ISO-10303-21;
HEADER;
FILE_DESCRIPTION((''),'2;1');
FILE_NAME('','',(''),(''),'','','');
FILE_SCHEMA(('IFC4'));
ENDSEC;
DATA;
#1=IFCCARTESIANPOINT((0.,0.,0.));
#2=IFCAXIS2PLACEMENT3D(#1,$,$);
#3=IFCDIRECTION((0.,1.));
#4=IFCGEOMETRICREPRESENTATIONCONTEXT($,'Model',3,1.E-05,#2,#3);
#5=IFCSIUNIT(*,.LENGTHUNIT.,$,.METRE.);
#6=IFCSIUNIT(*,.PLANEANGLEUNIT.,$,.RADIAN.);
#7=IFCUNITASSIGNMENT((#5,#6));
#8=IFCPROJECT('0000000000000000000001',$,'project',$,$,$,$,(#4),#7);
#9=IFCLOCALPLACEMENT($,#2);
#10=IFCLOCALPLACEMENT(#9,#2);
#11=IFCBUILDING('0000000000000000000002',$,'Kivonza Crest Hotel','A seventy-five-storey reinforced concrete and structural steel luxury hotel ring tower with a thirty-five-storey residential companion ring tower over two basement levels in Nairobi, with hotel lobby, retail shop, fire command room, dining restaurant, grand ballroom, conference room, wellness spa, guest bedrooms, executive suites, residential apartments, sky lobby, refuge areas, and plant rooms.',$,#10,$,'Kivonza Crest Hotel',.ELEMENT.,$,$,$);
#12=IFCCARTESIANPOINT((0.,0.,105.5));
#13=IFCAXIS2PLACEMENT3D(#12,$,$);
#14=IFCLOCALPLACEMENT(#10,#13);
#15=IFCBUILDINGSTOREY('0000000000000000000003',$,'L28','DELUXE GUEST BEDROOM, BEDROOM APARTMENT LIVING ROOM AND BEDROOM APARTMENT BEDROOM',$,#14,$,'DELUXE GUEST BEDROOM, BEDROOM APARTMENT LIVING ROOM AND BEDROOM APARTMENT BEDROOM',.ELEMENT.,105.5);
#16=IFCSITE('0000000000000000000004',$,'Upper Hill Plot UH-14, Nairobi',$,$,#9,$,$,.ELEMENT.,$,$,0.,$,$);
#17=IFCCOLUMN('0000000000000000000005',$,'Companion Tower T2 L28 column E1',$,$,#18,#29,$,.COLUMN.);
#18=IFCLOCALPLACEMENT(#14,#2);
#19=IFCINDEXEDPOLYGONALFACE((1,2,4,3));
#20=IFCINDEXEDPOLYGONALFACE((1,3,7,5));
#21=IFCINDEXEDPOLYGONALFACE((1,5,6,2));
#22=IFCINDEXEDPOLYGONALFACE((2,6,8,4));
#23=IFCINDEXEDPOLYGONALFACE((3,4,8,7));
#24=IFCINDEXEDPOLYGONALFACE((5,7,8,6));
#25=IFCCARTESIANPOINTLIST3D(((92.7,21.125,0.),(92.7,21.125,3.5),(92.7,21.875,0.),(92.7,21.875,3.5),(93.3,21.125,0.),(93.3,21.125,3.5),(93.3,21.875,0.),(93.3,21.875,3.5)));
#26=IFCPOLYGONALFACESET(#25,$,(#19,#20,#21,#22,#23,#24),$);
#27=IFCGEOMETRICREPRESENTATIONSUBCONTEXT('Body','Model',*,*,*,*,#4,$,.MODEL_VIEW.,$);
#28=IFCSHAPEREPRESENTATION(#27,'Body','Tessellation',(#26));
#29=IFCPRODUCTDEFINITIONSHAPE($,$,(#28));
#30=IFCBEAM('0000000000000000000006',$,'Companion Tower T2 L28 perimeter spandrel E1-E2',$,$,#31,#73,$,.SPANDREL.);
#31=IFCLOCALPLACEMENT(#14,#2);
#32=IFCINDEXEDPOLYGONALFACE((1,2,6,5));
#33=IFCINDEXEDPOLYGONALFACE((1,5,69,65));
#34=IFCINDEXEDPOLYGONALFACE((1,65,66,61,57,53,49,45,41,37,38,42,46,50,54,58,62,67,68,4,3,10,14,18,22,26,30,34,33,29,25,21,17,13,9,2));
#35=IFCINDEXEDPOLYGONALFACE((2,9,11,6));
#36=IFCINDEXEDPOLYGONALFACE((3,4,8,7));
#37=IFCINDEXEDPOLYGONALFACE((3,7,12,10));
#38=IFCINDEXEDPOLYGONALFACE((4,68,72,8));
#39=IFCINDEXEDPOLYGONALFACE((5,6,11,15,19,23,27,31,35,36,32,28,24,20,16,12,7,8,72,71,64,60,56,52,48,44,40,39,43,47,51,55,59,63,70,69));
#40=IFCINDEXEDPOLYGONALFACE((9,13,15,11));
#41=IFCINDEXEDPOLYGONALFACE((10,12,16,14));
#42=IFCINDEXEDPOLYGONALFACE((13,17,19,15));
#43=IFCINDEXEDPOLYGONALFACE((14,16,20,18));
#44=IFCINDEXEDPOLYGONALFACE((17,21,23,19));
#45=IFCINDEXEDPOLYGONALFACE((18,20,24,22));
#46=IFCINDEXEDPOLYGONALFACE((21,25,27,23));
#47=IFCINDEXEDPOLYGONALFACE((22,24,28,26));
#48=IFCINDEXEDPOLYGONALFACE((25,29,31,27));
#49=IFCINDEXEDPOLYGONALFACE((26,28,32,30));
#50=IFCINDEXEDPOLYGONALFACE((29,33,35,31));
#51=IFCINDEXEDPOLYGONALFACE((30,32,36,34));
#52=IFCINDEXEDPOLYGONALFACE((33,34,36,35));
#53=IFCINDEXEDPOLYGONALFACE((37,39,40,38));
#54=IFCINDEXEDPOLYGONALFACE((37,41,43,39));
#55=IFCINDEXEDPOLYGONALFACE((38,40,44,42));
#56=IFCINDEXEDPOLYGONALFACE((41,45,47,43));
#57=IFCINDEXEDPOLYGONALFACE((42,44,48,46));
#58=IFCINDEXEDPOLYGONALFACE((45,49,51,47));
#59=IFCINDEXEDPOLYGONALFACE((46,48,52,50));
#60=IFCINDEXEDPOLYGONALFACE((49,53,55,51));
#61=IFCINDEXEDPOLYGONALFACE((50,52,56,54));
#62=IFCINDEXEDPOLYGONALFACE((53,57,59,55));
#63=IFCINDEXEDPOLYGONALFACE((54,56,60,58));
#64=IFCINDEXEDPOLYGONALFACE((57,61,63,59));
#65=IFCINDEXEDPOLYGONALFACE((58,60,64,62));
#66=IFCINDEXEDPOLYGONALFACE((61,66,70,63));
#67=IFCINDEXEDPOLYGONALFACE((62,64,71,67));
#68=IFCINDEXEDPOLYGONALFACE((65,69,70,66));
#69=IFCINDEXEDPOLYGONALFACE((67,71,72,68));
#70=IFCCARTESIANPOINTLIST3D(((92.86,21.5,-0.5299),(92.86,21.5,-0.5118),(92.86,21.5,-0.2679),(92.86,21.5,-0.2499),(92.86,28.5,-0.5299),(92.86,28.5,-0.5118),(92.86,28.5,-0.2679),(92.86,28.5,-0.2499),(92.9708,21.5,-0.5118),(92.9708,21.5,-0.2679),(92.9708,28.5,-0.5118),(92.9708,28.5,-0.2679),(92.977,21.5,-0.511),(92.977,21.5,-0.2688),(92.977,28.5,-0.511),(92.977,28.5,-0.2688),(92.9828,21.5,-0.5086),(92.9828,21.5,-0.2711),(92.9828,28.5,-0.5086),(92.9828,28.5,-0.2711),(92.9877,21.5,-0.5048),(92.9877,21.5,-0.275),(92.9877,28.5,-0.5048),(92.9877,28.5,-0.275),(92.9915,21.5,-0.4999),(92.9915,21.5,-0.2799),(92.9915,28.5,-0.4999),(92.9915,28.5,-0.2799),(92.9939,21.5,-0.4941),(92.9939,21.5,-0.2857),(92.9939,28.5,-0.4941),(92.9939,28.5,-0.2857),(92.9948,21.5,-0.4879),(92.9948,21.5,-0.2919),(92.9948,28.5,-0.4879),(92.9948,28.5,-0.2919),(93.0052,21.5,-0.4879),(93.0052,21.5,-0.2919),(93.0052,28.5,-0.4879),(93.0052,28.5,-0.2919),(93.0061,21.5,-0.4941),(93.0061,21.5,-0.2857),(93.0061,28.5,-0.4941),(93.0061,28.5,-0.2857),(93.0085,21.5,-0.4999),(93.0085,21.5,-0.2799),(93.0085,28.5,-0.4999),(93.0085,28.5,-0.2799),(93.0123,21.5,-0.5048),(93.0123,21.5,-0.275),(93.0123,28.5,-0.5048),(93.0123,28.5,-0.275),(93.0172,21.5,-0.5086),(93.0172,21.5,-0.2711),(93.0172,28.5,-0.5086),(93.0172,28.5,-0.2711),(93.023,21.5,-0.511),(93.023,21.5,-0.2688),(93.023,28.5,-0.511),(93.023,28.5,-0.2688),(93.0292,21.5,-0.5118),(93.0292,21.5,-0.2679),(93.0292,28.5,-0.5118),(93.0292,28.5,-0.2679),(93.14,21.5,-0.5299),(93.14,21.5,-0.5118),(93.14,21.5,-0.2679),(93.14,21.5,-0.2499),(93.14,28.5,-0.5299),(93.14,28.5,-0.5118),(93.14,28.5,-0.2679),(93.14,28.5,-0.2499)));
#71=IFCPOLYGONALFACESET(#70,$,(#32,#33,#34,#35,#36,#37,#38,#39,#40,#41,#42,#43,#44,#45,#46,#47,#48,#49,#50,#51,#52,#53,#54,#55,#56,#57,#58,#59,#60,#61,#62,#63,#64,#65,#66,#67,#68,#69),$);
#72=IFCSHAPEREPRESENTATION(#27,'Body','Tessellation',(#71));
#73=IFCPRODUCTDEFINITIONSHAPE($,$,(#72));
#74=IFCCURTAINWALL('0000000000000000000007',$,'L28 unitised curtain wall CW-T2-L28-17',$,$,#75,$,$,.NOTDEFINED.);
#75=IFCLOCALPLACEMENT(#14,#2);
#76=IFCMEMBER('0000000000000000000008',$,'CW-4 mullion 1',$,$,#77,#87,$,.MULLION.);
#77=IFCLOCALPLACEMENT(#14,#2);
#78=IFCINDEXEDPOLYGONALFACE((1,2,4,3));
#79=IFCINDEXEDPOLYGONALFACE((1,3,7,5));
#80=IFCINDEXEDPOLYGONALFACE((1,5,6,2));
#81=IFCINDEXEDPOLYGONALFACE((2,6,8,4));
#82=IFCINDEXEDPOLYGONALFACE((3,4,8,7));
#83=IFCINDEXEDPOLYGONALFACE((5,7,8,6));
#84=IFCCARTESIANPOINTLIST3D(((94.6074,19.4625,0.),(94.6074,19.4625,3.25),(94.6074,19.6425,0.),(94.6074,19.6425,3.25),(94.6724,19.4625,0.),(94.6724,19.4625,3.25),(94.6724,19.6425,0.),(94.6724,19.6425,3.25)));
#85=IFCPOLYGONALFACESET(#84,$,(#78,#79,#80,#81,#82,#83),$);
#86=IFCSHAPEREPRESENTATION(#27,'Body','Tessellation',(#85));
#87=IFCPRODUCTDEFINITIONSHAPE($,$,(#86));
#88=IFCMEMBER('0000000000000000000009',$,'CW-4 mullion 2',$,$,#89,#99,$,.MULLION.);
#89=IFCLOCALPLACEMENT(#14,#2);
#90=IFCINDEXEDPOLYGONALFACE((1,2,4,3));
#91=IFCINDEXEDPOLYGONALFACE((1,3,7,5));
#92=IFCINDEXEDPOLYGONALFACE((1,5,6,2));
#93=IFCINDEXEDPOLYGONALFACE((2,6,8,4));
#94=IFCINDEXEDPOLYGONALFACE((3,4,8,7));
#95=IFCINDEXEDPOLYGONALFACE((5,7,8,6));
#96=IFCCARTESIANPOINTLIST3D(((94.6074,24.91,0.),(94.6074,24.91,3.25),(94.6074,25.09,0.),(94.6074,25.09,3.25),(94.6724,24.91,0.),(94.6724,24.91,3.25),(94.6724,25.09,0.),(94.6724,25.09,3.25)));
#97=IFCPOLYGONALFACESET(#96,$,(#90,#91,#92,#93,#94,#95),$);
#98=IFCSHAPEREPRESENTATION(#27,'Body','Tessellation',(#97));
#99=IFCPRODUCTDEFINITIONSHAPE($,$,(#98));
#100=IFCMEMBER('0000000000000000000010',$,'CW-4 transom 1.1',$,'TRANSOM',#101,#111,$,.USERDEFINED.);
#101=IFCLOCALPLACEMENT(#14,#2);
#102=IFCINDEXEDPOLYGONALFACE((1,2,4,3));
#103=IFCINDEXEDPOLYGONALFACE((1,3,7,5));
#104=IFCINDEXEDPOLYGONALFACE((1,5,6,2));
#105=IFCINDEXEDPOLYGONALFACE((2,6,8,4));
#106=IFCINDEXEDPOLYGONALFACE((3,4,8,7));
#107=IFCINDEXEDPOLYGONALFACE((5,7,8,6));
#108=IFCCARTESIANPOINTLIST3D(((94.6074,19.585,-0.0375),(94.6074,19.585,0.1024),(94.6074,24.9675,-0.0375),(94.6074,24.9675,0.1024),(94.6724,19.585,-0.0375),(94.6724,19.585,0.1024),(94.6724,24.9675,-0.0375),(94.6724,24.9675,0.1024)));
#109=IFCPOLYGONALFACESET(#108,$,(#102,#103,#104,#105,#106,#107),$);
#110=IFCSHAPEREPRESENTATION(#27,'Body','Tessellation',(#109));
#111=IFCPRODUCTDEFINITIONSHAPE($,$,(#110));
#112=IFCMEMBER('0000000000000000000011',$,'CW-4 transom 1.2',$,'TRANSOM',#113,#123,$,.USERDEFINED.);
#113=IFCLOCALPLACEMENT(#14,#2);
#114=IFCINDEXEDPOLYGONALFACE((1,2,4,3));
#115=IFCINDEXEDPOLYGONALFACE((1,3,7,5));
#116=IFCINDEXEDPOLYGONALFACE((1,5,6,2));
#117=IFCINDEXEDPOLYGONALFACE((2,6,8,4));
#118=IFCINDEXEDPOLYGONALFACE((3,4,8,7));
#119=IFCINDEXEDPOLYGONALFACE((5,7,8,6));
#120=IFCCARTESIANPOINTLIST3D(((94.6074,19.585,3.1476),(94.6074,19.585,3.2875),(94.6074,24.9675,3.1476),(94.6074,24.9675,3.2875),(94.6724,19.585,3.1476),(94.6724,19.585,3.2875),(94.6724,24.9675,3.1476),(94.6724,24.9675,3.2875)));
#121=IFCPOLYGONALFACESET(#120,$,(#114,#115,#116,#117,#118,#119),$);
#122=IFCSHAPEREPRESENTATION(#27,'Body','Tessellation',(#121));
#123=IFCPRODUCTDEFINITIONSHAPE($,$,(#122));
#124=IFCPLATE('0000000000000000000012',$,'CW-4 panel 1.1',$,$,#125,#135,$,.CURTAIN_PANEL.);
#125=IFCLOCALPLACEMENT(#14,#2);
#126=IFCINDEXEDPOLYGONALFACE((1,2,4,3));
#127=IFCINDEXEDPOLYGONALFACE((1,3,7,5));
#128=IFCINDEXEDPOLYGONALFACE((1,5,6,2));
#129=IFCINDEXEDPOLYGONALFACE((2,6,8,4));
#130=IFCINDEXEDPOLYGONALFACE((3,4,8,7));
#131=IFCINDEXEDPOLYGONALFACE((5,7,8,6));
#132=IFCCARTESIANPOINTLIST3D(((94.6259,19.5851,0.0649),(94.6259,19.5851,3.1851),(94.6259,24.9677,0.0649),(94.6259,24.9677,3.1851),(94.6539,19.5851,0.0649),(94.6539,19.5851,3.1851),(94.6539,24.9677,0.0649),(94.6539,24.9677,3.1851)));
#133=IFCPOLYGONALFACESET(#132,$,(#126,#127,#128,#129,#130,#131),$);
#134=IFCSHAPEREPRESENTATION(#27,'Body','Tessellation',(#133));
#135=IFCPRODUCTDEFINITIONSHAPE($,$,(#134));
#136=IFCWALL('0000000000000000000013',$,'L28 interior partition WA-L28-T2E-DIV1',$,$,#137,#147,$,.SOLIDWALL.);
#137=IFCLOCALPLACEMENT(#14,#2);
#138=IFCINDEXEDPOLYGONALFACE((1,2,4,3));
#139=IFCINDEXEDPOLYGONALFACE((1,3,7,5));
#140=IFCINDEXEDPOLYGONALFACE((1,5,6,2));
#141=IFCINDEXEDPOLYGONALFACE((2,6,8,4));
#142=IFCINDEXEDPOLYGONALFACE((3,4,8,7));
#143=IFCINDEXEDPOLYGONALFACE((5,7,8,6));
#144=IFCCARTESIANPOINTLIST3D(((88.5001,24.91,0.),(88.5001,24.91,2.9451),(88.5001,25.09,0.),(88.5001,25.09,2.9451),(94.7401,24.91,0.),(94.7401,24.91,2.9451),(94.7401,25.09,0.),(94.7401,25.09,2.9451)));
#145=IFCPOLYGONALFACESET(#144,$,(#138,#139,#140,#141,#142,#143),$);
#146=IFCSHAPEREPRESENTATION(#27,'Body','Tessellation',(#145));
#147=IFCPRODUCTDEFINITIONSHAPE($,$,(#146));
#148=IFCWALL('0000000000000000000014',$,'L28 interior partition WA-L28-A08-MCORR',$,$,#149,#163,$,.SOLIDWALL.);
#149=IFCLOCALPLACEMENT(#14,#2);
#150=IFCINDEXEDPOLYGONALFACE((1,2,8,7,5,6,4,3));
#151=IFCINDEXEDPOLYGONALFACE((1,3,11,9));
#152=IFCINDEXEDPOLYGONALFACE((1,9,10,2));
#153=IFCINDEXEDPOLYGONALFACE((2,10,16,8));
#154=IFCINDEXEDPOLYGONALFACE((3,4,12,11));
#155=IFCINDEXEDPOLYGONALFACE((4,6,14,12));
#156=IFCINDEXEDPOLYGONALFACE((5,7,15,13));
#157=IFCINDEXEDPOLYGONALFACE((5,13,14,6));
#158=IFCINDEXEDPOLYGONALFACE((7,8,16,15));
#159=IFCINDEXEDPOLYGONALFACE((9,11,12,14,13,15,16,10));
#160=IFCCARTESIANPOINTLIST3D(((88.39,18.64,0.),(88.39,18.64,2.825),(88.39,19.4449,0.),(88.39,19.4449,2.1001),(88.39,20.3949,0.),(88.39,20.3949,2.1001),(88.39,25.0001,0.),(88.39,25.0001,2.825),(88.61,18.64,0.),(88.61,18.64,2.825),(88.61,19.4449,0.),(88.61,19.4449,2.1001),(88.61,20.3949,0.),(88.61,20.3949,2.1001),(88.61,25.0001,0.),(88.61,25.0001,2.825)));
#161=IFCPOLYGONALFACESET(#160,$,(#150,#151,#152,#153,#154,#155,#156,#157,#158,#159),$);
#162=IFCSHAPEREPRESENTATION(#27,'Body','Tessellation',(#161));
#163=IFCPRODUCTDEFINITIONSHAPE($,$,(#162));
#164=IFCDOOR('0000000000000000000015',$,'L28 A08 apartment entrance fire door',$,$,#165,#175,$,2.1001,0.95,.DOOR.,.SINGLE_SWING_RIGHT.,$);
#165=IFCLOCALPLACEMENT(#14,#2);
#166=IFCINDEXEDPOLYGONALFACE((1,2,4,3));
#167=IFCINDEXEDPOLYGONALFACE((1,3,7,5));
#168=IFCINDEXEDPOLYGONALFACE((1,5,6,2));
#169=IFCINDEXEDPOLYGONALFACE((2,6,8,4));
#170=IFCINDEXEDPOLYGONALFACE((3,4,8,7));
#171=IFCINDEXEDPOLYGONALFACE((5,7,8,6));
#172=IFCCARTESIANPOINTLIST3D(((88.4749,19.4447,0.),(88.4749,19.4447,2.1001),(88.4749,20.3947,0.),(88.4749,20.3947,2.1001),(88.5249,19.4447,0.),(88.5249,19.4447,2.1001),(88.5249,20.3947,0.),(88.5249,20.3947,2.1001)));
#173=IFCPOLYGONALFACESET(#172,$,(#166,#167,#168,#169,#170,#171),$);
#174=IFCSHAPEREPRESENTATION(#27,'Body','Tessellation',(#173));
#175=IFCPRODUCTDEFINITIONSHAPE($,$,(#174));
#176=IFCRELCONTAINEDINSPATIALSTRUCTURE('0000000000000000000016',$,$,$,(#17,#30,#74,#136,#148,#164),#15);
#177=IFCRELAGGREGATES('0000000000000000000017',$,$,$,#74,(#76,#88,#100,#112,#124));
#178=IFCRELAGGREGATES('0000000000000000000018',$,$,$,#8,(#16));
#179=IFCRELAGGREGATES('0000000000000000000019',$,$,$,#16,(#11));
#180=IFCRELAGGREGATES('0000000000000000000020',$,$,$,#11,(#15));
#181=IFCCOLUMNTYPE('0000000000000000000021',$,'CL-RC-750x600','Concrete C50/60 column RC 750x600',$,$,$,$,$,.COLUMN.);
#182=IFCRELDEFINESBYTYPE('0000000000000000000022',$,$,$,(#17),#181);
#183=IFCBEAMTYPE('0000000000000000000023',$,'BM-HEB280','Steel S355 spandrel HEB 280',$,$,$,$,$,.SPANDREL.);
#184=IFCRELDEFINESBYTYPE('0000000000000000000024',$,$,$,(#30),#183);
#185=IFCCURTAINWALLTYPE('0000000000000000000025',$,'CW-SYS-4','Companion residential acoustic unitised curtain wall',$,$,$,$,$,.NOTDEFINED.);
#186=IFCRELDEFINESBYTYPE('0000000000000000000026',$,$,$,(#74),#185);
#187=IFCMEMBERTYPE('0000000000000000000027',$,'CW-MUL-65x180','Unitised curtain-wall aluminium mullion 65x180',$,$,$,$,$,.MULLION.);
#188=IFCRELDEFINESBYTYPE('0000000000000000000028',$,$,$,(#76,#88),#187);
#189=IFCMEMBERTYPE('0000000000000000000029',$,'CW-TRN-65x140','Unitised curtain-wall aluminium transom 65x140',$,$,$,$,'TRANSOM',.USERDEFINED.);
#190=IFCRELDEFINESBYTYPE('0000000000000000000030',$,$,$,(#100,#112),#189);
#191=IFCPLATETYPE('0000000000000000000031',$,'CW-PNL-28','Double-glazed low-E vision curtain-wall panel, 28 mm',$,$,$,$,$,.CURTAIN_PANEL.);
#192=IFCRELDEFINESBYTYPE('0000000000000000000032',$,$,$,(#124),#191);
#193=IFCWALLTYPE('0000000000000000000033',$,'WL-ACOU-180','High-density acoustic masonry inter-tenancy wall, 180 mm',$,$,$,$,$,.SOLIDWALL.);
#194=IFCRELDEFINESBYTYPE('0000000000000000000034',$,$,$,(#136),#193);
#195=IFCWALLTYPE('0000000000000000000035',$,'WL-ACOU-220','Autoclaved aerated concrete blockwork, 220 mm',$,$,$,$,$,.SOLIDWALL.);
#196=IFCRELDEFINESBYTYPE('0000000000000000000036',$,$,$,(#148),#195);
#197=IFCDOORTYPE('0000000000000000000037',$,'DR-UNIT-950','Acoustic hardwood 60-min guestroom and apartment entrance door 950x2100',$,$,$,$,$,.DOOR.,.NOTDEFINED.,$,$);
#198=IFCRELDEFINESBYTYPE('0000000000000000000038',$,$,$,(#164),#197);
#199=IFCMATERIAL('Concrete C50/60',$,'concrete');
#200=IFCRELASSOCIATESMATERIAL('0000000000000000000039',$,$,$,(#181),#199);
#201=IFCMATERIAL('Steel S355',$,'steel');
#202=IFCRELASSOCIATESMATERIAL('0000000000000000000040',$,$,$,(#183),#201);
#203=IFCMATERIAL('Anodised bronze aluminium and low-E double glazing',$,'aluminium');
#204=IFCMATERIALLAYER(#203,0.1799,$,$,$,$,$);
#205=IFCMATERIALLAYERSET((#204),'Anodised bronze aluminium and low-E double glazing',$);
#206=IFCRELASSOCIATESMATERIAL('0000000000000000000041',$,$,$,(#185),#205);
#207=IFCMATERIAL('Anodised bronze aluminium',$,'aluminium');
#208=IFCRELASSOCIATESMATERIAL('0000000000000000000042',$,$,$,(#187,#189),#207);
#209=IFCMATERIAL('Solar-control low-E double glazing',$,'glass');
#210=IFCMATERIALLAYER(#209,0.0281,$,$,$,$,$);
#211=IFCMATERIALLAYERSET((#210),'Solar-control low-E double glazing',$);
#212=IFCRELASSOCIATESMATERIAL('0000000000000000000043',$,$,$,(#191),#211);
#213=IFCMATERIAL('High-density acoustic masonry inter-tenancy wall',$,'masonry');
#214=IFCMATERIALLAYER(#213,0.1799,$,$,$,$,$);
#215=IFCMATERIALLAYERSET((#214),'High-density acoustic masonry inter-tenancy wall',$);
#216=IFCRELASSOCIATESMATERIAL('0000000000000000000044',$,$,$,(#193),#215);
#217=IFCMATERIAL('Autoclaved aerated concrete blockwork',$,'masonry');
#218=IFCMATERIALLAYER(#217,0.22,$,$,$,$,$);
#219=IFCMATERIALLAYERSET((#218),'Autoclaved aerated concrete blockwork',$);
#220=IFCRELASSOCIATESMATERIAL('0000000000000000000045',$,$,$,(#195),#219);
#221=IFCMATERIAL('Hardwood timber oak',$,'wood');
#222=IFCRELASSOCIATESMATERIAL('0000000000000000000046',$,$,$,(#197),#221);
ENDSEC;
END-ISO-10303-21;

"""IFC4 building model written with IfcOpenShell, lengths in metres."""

from ifc_helpers import new_model, si_unit, direction, frame, frame_2d, origin, origin_2d, place, context, subcontext, project, spatial, rectangle, i_section, extrude, material, layer, layer_set, material_profile, profile_set, type_object, element, fill, aggregate, save


model = new_model("IFC4")

# Units and contexts
model_context = context("Model", 3, precision=1e-05, world=origin(), true_north=direction((0.0, 1.0)))
body_context = subcontext(model_context, "Body", "Model", "MODEL_VIEW")
ifc_project = project(units=[si_unit("LENGTHUNIT", "METRE"), si_unit("PLANEANGLEUNIT", "RADIAN")], contexts=[model_context])

# Site, building, storey
site_placement = place(None, origin())
site = spatial("IfcSite", under=ifc_project, at=site_placement, Name="Upper Hill Plot UH-14, Nairobi", CompositionType="ELEMENT", RefElevation=0.0)
building_placement = place(site_placement, origin())
building = spatial("IfcBuilding", under=site, at=building_placement, Name="Kivonza Crest Hotel", Description="A seventy-five-storey reinforced concrete and structural steel luxury hotel ring tower with a thirty-five-storey residential companion ring tower over two basement levels in Nairobi, with hotel lobby, retail shop, fire command room, dining restaurant, grand ballroom, conference room, wellness spa, guest bedrooms, executive suites, residential apartments, sky lobby, refuge areas, and plant rooms.", LongName="Kivonza Crest Hotel", CompositionType="ELEMENT")
storey_placement = place(building_placement, frame((0.0, 0.0, 105.5)))
storey = spatial("IfcBuildingStorey", under=building, at=storey_placement, Name="L28", Description="DELUXE GUEST BEDROOM, BEDROOM APARTMENT LIVING ROOM AND BEDROOM APARTMENT BEDROOM", LongName="DELUXE GUEST BEDROOM, BEDROOM APARTMENT LIVING ROOM AND BEDROOM APARTMENT BEDROOM", CompositionType="ELEMENT", Elevation=105.5)

# Column
ifc_material_1 = material(Name="Concrete C50/60", Category="concrete")
ifc_material_profile_1 = material_profile(ifc_material_1, rectangle(XDim=0.6001, YDim=0.75, at=origin_2d()), Name="RC 750x600")
ifc_profile_set_1 = profile_set([ifc_material_profile_1], Name="Concrete C50/60")
column_type = type_object("IfcColumnType", Name="CL-RC-750x600", Description="Concrete C50/60 column RC 750x600", PredefinedType="COLUMN", material=ifc_profile_set_1)
column_placement = place(storey_placement, frame((93.0, 21.5, 0.0), z_axis=(0.0, 0.0, 1.0), x_axis=(1.0, 0.0, 0.0)))
element("IfcColumn", 1, at=column_placement, inside=storey, type_object=column_type, Name="Companion Tower T2 L28 column E1", PredefinedType="COLUMN", context=body_context, shape_type="SweptSolid", body=[
    extrude(rectangle(XDim=0.6001, YDim=0.75, at=origin_2d()), origin(), (0.0, 0.0, 1.0), 3.5),
])

# Beam
ifc_material_2 = material(Name="Steel S355", Category="steel")
ifc_material_profile_2 = material_profile(ifc_material_2, i_section(OverallWidth=0.28, OverallDepth=0.28, WebThickness=0.0105, FlangeThickness=0.0181, FilletRadius=0.0239, at=origin_2d()), Name="HEB 280")
ifc_profile_set_2 = profile_set([ifc_material_profile_2], Name="Steel S355")
beam_type = type_object("IfcBeamType", Name="BM-HEB280", Description="Steel S355 spandrel HEB 280", PredefinedType="SPANDREL", material=ifc_profile_set_2)
beam_placement = place(storey_placement, frame((93.0, 21.5, -0.3899), z_axis=(0.0, 1.0, 0.0), x_axis=(-1.0, 0.0, 0.0)))
element("IfcBeam", 2, at=beam_placement, inside=storey, type_object=beam_type, Name="Companion Tower T2 L28 perimeter spandrel E1-E2", PredefinedType="SPANDREL", context=body_context, shape_type="SweptSolid", body=[
    extrude(i_section(OverallWidth=0.28, OverallDepth=0.28, WebThickness=0.0105, FlangeThickness=0.0181, FilletRadius=0.0239, at=origin_2d()), origin(), (0.0, 0.0, 1.0), 7.0),
])

# Curtain wall, members, plate
ifc_material_3 = material(Name="Anodised bronze aluminium and low-E double glazing", Category="aluminium")
ifc_layer_1 = layer(ifc_material_3, 0.1799)
ifc_layer_set_1 = layer_set([ifc_layer_1], Name="Anodised bronze aluminium and low-E double glazing")
curtain_wall_type = type_object("IfcCurtainWallType", Name="CW-SYS-4", Description="Companion residential acoustic unitised curtain wall", PredefinedType="NOTDEFINED", material=ifc_layer_set_1)
curtain_wall_placement = place(storey_placement, origin())
curtain_wall = element("IfcCurtainWall", 3, at=curtain_wall_placement, inside=storey, type_object=curtain_wall_type, Name="L28 unitised curtain wall CW-T2-L28-17", PredefinedType="NOTDEFINED")
ifc_material_4 = material(Name="Anodised bronze aluminium", Category="aluminium")
ifc_material_profile_3 = material_profile(ifc_material_4, rectangle(XDim=0.0649, YDim=0.1799, at=origin_2d()), Name="CW-M 65x180")
ifc_profile_set_3 = profile_set([ifc_material_profile_3], Name="Anodised bronze aluminium")
member_type_1 = type_object("IfcMemberType", Name="CW-MUL-65x180", Description="Unitised curtain-wall aluminium mullion 65x180", PredefinedType="MULLION", material=ifc_profile_set_3)
member_1_placement = place(storey_placement, frame((94.6399, 19.5525, 0.0), z_axis=(0.0, 0.0, 1.0), x_axis=(-1.0, 0.0, 0.0)))
member_1 = element("IfcMember", 4, at=member_1_placement, type_object=member_type_1, Name="CW-4 mullion 1", PredefinedType="MULLION", context=body_context, shape_type="SweptSolid", body=[
    extrude(rectangle(XDim=0.0649, YDim=0.1799, at=origin_2d()), origin(), (0.0, 0.0, 1.0), 3.25),
])
member_2_placement = place(storey_placement, frame((94.6399, 25.0, 0.0), z_axis=(0.0, 0.0, 1.0), x_axis=(-1.0, 0.0, 0.0)))
member_2 = element("IfcMember", 5, at=member_2_placement, type_object=member_type_1, Name="CW-4 mullion 2", PredefinedType="MULLION", context=body_context, shape_type="SweptSolid", body=[
    extrude(rectangle(XDim=0.0649, YDim=0.1799, at=origin_2d()), origin(), (0.0, 0.0, 1.0), 3.25),
])
ifc_material_profile_4 = material_profile(ifc_material_4, rectangle(XDim=0.0649, YDim=0.1399, at=origin_2d()), Name="CW-T 65x140")
ifc_profile_set_4 = profile_set([ifc_material_profile_4], Name="Anodised bronze aluminium")
member_type_2 = type_object("IfcMemberType", Name="CW-TRN-65x140", Description="Unitised curtain-wall aluminium transom 65x140", ElementType="TRANSOM", PredefinedType="USERDEFINED", material=ifc_profile_set_4)
member_3_placement = place(storey_placement, frame((94.6399, 19.585, 0.0325), z_axis=(0.0, 1.0, 0.0), x_axis=(-1.0, 0.0, 0.0)))
member_3 = element("IfcMember", 6, at=member_3_placement, type_object=member_type_2, Name="CW-4 transom 1.1", ObjectType="TRANSOM", PredefinedType="USERDEFINED", context=body_context, shape_type="SweptSolid", body=[
    extrude(rectangle(XDim=0.0649, YDim=0.1399, at=origin_2d()), origin(), (0.0, 0.0, 1.0), 5.3826),
])
member_4_placement = place(storey_placement, frame((94.6399, 19.585, 3.2175), z_axis=(0.0, 1.0, 0.0), x_axis=(-1.0, 0.0, 0.0)))
member_4 = element("IfcMember", 7, at=member_4_placement, type_object=member_type_2, Name="CW-4 transom 1.2", ObjectType="TRANSOM", PredefinedType="USERDEFINED", context=body_context, shape_type="SweptSolid", body=[
    extrude(rectangle(XDim=0.0649, YDim=0.1399, at=origin_2d()), origin(), (0.0, 0.0, 1.0), 5.3826),
])
ifc_material_5 = material(Name="Solar-control low-E double glazing", Category="glass")
ifc_layer_2 = layer(ifc_material_5, 0.0281)
ifc_layer_set_2 = layer_set([ifc_layer_2], Name="Solar-control low-E double glazing")
plate_type = type_object("IfcPlateType", Name="CW-PNL-28", Description="Double-glazed low-E vision curtain-wall panel, 28 mm", PredefinedType="CURTAIN_PANEL", material=ifc_layer_set_2)
plate_placement = place(storey_placement, frame((94.6399, 22.2764, 0.0649), z_axis=(0.0, 0.0, 1.0), x_axis=(0.0, 1.0, 0.0)))
plate = element("IfcPlate", 8, at=plate_placement, type_object=plate_type, Name="CW-4 panel 1.1", PredefinedType="CURTAIN_PANEL", context=body_context, shape_type="SweptSolid", body=[
    extrude(rectangle(XDim=5.3826, YDim=0.0281, at=origin_2d()), origin(), (0.0, 0.0, 1.0), 3.1201),
])
aggregate(curtain_wall, [member_1, member_2, member_3, member_4, plate])

# Wall
ifc_material_6 = material(Name="High-density acoustic masonry inter-tenancy wall", Category="masonry")
ifc_layer_3 = layer(ifc_material_6, 0.1799)
ifc_layer_set_3 = layer_set([ifc_layer_3], Name="High-density acoustic masonry inter-tenancy wall")
wall_type_1 = type_object("IfcWallType", Name="WL-ACOU-180", Description="High-density acoustic masonry inter-tenancy wall, 180 mm", PredefinedType="SOLIDWALL", material=ifc_layer_set_3)
wall_1_placement = place(storey_placement, frame((88.5, 25.0, 0.0), z_axis=(0.0, 0.0, 1.0), x_axis=(1.0, 0.0, 0.0)))
element("IfcWall", 9, at=wall_1_placement, inside=storey, type_object=wall_type_1, Name="L28 interior partition WA-L28-T2E-DIV1", PredefinedType="SOLIDWALL", context=body_context, shape_type="SweptSolid", body=[
    extrude(rectangle(XDim=6.24, YDim=0.1799, at=frame_2d((3.1201, 0.0))), origin(), (0.0, 0.0, 1.0), 2.9451),
])

# Wall, opening, door
ifc_material_7 = material(Name="Autoclaved aerated concrete blockwork", Category="masonry")
ifc_layer_4 = layer(ifc_material_7, 0.22)
ifc_layer_set_4 = layer_set([ifc_layer_4], Name="Autoclaved aerated concrete blockwork")
wall_type_2 = type_object("IfcWallType", Name="WL-ACOU-220", Description="Autoclaved aerated concrete blockwork, 220 mm", PredefinedType="SOLIDWALL", material=ifc_layer_set_4)
wall_2_placement = place(storey_placement, frame((88.5, 18.6399, 0.0), z_axis=(0.0, 0.0, 1.0), x_axis=(0.0, 1.0, 0.0)))
wall_2 = element("IfcWall", 10, at=wall_2_placement, inside=storey, type_object=wall_type_2, Name="L28 interior partition WA-L28-A08-MCORR", PredefinedType="SOLIDWALL", context=body_context, shape_type="SweptSolid", body=[
    extrude(rectangle(XDim=6.3601, YDim=0.22, at=frame_2d((3.1802, 0.0))), origin(), (0.0, 0.0, 1.0), 2.825),
])
opening_1_placement = place(wall_2_placement, frame((0.8049, 0.0, 0.0)))
opening_1 = element("IfcOpeningElement", 11, at=opening_1_placement, cuts=wall_2, PredefinedType="OPENING", context=body_context, shape_type="SweptSolid", body=[
    extrude(rectangle(XDim=0.95, YDim=2.1001, at=frame_2d((0.4751, 1.05))), frame((0.0, 0.1201, 0.0), z_axis=(0.0, -1.0, 0.0), x_axis=(1.0, 0.0, 0.0)), (0.0, 0.0, 1.0), 0.24),
])
ifc_material_8 = material(Name="Hardwood timber oak", Category="wood")
door_type_1 = type_object("IfcDoorType", Name="DR-UNIT-950", Description="Acoustic hardwood 60-min guestroom and apartment entrance door 950x2100", OperationType="NOTDEFINED", PredefinedType="DOOR", material=ifc_material_8)
door_1_placement = place(opening_1_placement, frame((0.95, 0.0, 0.0), z_axis=(0.0, 0.0, 1.0), x_axis=(-1.0, 0.0, 0.0)))
door_1 = element("IfcDoor", 12, at=door_1_placement, inside=storey, type_object=door_type_1, Name="L28 A08 apartment entrance fire door", OperationType="SINGLE_SWING_RIGHT", OverallHeight=2.1001, OverallWidth=0.95, PredefinedType="DOOR", context=body_context, shape_type="SweptSolid", body=[
    extrude(rectangle(XDim=0.95, YDim=2.1001, at=frame_2d((0.4751, 1.05))), frame((0.0, 0.0249, 0.0), z_axis=(0.0, -1.0, 0.0), x_axis=(1.0, 0.0, 0.0)), (0.0, 0.0, 1.0), 0.05),
])
fill(opening_1, door_1)

save(model, "model.ifc")
